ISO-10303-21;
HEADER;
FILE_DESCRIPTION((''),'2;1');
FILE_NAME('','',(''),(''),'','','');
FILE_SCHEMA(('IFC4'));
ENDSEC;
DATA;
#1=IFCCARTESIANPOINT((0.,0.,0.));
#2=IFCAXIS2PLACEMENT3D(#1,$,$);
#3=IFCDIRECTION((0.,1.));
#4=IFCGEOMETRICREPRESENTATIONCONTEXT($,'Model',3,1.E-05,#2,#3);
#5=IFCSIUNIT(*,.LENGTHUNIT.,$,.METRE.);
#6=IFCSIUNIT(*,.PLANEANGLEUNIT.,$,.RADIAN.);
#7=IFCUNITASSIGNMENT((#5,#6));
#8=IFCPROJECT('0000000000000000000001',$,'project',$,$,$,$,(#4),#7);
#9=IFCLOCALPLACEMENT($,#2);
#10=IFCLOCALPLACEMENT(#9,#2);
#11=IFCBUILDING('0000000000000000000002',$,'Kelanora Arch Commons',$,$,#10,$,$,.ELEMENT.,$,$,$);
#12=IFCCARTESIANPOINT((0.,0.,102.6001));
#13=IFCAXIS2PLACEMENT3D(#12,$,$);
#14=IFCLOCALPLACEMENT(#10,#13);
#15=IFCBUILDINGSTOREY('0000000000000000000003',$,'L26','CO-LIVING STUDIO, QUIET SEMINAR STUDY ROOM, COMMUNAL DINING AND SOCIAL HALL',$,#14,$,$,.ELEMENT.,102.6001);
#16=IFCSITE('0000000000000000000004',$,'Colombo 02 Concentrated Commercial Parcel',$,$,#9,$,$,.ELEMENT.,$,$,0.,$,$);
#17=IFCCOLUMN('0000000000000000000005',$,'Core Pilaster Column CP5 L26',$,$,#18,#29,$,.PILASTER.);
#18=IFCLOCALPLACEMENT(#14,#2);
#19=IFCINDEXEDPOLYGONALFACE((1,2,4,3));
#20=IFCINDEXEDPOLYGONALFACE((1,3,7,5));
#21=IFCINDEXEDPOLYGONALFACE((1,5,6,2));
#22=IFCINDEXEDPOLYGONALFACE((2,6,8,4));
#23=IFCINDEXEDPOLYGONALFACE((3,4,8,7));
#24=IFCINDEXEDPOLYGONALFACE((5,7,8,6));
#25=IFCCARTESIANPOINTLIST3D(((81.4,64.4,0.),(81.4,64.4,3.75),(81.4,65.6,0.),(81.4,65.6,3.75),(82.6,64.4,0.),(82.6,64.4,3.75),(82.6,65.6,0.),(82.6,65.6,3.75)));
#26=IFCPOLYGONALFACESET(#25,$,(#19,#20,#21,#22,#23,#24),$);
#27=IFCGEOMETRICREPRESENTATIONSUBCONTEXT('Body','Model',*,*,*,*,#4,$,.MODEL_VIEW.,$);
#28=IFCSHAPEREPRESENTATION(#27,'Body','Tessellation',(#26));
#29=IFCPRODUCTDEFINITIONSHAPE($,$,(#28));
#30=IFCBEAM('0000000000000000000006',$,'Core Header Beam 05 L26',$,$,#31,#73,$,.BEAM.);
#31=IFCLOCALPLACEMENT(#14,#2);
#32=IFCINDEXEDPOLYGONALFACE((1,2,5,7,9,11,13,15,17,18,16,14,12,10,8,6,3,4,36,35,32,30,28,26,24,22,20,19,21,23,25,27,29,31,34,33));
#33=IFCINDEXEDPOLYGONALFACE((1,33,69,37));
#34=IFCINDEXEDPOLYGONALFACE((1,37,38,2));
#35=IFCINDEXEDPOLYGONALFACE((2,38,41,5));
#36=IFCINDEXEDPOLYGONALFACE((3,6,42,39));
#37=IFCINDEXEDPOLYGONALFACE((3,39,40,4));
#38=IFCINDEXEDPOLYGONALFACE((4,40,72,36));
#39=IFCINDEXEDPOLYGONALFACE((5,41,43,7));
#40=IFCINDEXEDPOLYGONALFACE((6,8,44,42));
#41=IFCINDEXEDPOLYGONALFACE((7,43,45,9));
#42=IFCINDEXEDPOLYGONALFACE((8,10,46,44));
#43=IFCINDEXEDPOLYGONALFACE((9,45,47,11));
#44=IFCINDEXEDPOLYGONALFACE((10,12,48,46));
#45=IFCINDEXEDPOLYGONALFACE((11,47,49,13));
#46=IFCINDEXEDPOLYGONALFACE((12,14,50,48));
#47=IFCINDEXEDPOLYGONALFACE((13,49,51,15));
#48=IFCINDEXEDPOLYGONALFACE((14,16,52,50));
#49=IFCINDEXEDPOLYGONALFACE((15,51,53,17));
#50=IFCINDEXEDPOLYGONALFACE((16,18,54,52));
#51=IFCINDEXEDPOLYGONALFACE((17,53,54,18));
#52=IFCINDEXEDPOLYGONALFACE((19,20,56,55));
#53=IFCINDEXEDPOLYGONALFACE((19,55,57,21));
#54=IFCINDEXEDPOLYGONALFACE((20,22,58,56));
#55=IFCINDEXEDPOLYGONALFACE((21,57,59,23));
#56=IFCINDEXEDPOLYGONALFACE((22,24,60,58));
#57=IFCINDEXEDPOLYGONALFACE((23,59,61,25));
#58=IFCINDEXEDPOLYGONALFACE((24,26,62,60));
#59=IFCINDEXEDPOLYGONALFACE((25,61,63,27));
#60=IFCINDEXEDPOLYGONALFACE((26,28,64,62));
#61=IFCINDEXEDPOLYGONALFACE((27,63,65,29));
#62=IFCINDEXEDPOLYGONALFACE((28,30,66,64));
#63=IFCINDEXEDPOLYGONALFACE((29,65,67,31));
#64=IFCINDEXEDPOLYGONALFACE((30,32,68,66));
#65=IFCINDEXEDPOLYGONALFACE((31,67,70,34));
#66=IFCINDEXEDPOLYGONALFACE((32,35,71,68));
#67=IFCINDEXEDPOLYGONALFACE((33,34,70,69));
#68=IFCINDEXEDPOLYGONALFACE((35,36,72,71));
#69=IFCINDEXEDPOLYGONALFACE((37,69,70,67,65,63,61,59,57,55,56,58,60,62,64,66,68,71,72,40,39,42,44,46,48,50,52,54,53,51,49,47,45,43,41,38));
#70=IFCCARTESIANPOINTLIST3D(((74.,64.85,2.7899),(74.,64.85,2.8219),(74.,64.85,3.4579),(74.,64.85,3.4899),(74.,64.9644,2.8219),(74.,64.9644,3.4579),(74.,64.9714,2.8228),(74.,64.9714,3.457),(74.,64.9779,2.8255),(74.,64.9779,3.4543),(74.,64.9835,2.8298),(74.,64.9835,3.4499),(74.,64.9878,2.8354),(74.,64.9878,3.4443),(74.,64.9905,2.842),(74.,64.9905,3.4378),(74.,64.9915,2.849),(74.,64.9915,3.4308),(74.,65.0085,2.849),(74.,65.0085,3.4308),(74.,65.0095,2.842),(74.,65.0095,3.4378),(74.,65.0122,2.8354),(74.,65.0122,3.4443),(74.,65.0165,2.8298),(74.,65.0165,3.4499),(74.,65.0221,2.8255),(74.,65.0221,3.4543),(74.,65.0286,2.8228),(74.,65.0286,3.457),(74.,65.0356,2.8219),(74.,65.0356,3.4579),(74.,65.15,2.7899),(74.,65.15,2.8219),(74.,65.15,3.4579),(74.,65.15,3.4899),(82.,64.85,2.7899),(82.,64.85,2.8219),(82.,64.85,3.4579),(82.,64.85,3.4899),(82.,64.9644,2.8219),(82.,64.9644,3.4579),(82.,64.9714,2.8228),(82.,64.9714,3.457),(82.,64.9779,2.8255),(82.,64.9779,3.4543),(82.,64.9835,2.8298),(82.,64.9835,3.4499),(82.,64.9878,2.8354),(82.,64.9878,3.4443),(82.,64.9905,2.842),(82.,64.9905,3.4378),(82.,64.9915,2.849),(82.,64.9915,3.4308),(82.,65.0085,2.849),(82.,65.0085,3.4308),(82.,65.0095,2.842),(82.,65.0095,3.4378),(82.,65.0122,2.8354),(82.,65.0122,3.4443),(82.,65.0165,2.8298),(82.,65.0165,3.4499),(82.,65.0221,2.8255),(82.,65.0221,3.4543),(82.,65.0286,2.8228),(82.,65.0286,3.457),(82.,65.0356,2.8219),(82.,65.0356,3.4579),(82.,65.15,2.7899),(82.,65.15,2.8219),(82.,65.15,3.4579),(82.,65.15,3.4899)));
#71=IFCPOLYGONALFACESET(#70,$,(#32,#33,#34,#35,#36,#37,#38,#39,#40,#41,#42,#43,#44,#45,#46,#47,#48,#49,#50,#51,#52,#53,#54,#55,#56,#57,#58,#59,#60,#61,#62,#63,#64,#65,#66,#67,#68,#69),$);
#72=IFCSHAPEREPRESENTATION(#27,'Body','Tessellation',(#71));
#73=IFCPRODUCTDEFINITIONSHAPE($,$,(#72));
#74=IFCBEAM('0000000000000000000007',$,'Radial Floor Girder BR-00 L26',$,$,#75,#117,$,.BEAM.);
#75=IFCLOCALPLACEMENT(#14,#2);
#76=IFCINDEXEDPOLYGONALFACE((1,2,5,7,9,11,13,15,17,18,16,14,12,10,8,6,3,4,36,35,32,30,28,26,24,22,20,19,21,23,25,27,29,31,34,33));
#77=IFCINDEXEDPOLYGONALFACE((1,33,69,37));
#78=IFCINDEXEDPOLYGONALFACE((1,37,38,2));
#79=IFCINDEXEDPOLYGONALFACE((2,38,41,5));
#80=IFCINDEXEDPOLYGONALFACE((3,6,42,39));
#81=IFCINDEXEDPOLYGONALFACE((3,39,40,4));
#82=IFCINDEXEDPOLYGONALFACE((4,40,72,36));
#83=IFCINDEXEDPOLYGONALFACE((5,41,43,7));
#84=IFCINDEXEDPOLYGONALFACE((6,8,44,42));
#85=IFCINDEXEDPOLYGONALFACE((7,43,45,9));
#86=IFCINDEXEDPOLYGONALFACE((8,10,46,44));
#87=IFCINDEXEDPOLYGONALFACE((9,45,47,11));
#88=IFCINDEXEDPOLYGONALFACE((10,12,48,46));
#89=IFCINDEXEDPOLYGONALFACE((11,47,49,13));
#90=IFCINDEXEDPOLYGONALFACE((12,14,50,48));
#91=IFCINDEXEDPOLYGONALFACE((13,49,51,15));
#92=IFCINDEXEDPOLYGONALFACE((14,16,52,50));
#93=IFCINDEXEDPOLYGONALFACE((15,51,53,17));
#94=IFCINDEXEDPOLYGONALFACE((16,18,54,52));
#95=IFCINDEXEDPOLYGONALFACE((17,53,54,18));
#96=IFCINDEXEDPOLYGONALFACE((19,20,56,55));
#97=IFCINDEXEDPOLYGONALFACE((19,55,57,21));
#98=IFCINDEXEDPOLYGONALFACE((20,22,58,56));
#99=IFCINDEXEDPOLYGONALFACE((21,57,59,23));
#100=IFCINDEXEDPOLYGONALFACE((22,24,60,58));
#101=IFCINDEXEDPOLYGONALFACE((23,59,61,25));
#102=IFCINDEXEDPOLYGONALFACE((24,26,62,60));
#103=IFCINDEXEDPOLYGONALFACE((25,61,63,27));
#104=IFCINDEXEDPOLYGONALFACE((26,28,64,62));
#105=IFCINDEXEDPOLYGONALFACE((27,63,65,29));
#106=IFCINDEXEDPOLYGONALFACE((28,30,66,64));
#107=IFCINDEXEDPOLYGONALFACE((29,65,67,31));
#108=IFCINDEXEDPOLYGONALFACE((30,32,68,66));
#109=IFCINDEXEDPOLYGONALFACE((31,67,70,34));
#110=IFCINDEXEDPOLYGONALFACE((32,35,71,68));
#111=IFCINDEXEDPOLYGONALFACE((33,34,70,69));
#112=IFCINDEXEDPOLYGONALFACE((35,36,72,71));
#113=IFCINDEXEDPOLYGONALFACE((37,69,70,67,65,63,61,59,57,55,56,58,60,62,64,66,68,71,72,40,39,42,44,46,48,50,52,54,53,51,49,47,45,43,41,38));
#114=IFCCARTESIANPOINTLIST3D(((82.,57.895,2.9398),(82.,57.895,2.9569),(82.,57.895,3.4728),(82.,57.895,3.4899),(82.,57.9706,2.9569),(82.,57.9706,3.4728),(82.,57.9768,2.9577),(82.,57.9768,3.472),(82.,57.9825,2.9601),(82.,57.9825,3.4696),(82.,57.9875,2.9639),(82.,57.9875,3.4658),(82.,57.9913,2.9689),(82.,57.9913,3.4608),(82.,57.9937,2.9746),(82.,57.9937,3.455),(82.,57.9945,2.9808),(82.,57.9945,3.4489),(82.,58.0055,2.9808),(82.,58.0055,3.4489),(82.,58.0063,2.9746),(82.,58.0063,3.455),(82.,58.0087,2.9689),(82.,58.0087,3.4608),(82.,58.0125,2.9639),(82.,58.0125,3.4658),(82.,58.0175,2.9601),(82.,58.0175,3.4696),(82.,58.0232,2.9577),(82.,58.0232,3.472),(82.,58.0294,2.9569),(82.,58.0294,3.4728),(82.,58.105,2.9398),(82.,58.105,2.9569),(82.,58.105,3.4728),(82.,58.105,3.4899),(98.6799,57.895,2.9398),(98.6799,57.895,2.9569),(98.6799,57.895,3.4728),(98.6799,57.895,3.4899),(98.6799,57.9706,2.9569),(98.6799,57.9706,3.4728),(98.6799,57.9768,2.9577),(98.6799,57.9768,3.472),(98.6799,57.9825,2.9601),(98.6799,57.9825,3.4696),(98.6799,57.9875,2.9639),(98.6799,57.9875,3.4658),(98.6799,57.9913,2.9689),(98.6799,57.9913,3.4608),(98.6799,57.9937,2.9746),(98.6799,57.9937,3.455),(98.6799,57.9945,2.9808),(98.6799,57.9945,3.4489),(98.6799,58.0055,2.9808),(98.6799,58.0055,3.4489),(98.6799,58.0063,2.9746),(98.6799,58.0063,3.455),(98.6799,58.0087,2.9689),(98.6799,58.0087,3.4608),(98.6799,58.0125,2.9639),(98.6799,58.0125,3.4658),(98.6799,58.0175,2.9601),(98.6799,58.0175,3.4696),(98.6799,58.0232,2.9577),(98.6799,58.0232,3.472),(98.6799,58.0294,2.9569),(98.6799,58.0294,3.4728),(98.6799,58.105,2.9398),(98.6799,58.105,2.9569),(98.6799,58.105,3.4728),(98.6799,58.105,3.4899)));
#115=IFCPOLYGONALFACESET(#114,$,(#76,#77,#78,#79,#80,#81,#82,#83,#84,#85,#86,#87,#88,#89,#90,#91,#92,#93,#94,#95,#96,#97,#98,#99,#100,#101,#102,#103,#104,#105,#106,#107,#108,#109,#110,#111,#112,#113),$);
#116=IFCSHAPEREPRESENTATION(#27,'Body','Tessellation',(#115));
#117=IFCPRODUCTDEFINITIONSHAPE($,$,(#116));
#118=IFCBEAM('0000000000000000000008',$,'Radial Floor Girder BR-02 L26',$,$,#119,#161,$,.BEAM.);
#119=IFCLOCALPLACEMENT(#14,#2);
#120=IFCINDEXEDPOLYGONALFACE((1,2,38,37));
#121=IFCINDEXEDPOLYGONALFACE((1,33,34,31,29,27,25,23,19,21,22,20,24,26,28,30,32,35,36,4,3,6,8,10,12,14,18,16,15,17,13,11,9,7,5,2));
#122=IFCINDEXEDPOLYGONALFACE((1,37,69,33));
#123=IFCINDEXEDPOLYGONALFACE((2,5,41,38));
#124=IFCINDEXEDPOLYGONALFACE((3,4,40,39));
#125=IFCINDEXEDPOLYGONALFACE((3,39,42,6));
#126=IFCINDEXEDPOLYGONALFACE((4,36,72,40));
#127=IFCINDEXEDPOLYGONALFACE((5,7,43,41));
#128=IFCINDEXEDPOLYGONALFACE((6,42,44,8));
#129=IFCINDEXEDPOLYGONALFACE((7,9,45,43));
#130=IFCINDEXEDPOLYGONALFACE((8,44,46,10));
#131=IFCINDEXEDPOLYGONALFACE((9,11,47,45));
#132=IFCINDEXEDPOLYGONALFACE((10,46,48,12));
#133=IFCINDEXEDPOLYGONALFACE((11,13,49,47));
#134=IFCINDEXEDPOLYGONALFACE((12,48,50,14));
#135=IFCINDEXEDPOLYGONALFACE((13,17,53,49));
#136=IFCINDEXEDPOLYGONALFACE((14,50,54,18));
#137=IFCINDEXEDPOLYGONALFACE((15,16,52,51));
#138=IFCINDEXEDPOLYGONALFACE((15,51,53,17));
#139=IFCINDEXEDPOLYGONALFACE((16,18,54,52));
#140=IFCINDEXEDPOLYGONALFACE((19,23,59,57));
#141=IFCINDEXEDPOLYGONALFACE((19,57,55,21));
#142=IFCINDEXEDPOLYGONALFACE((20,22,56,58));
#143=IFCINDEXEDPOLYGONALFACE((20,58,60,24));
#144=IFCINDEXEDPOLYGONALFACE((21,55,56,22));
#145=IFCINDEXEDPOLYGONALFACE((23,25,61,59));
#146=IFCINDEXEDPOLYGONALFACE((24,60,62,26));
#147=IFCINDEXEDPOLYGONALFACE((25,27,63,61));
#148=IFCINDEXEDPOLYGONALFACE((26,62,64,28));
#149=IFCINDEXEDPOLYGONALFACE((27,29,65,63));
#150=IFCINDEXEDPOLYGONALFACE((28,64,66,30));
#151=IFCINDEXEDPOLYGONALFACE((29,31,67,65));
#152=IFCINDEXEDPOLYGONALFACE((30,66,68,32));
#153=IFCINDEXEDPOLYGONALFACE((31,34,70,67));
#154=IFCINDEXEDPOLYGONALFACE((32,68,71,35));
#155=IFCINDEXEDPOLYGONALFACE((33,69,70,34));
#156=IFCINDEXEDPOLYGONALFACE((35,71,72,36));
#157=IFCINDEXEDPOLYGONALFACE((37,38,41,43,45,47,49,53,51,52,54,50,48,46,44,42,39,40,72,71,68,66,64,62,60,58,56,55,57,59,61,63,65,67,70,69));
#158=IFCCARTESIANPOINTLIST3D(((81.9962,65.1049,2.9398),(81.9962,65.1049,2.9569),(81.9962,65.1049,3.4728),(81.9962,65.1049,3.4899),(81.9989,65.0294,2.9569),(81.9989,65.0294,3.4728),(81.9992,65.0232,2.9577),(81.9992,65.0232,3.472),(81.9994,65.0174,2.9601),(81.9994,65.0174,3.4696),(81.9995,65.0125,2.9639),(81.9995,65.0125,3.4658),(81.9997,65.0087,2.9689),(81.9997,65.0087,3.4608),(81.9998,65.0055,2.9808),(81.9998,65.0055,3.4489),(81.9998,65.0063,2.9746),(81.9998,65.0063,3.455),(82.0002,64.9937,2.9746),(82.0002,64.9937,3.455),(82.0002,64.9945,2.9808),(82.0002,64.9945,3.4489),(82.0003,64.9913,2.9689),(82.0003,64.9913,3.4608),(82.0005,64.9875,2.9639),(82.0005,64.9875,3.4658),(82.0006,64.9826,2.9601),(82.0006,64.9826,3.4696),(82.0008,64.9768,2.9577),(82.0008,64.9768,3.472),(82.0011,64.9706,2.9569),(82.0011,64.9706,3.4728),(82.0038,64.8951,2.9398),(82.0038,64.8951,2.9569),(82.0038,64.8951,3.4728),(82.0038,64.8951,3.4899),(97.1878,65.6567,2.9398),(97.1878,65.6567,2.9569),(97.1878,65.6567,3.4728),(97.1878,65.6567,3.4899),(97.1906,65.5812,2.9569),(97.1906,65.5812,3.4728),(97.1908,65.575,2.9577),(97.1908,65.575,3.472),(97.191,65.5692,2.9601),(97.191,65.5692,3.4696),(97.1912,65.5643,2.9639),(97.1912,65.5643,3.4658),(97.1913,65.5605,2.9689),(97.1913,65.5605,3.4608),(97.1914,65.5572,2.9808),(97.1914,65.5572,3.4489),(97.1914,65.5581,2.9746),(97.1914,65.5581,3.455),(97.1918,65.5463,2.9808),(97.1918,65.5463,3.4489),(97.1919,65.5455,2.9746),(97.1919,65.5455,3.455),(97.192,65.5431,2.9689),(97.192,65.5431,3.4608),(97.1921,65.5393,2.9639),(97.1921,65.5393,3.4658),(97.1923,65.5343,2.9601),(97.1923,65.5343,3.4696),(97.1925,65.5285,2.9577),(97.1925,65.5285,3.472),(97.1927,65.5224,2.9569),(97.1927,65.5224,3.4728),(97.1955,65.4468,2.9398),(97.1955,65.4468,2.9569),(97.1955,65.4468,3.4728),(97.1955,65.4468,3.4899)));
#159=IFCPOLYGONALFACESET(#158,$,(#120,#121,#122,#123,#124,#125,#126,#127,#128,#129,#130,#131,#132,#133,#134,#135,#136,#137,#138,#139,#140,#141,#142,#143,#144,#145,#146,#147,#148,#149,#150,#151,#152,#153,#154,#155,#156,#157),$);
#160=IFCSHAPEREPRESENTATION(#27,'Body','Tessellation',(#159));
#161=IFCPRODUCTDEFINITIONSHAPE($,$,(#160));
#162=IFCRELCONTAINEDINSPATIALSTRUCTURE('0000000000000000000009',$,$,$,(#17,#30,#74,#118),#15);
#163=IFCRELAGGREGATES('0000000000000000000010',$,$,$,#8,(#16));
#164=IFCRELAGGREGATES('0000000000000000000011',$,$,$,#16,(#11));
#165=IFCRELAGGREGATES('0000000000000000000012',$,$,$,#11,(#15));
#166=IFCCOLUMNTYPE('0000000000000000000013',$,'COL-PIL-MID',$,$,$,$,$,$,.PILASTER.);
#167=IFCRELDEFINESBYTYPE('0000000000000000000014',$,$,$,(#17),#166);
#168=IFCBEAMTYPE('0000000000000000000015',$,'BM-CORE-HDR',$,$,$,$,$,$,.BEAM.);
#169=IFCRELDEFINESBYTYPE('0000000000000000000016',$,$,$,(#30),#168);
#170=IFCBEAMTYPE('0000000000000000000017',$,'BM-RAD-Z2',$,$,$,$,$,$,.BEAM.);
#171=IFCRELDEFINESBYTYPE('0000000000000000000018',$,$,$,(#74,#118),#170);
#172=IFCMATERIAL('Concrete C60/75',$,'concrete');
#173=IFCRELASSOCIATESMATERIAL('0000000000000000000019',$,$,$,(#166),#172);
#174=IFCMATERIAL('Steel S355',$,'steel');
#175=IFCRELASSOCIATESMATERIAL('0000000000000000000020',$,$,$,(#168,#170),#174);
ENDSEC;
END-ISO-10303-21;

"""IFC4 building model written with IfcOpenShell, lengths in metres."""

from ifc_helpers import new_model, si_unit, direction, frame, origin, origin_2d, place, context, subcontext, project, spatial, rectangle, i_section, extrude, material, material_profile, profile_set, type_object, element, save


model = new_model("IFC4")

# Units and contexts
model_context = context("Model", 3, precision=1e-05, world=origin(), true_north=direction((0.0, 1.0)))
body_context = subcontext(model_context, "Body", "Model", "MODEL_VIEW")
ifc_project = project(units=[si_unit("LENGTHUNIT", "METRE"), si_unit("PLANEANGLEUNIT", "RADIAN")], contexts=[model_context])

# Site, building, storey
site_placement = place(None, origin())
site = spatial("IfcSite", under=ifc_project, at=site_placement, Name="Colombo 02 Concentrated Commercial Parcel", CompositionType="ELEMENT", RefElevation=0.0)
building_placement = place(site_placement, origin())
building = spatial("IfcBuilding", under=site, at=building_placement, Name="Kelanora Arch Commons", CompositionType="ELEMENT")
storey_placement = place(building_placement, frame((0.0, 0.0, 102.6001)))
storey = spatial("IfcBuildingStorey", under=building, at=storey_placement, Name="L26", Description="CO-LIVING STUDIO, QUIET SEMINAR STUDY ROOM, COMMUNAL DINING AND SOCIAL HALL", CompositionType="ELEMENT", Elevation=102.6001)

# Column
ifc_material_1 = material(Name="Concrete C60/75", Category="concrete")
ifc_material_profile_1 = material_profile(ifc_material_1, rectangle(XDim=1.2, YDim=1.2, at=origin_2d()), Name="RC1200x1200")
ifc_profile_set_1 = profile_set([ifc_material_profile_1], Name="Concrete C60/75")
column_type = type_object("IfcColumnType", Name="COL-PIL-MID", PredefinedType="PILASTER", material=ifc_profile_set_1)
column_placement = place(storey_placement, frame((82.0, 65.0, 0.0), z_axis=(0.0, 0.0, 1.0), x_axis=(1.0, 0.0, 0.0)))
element("IfcColumn", 1, at=column_placement, inside=storey, type_object=column_type, Name="Core Pilaster Column CP5 L26", PredefinedType="PILASTER", context=body_context, shape_type="SweptSolid", body=[
    extrude(rectangle(XDim=1.2, YDim=1.2, at=origin_2d()), origin(), (0.0, 0.0, 1.0), 3.75),
])

# Beams
ifc_material_2 = material(Name="Steel S355", Category="steel")
ifc_material_profile_2 = material_profile(ifc_material_2, i_section(OverallWidth=0.3, OverallDepth=0.7, WebThickness=0.0171, FlangeThickness=0.032, FilletRadius=0.0271, at=origin_2d()), Name="HEB700")
ifc_profile_set_2 = profile_set([ifc_material_profile_2], Name="Steel S355")
beam_type_1 = type_object("IfcBeamType", Name="BM-CORE-HDR", PredefinedType="BEAM", material=ifc_profile_set_2)
beam_1_placement = place(storey_placement, frame((82.0, 65.0, 3.1399), z_axis=(-1.0, 0.0, 0.0), x_axis=(0.0, -1.0, 0.0)))
element("IfcBeam", 2, at=beam_1_placement, inside=storey, type_object=beam_type_1, Name="Core Header Beam 05 L26", PredefinedType="BEAM", context=body_context, shape_type="SweptSolid", body=[
    extrude(i_section(OverallWidth=0.3, OverallDepth=0.7, WebThickness=0.0171, FlangeThickness=0.032, FilletRadius=0.0271, at=origin_2d()), origin(), (0.0, 0.0, 1.0), 8.0),
])
ifc_material_profile_3 = material_profile(ifc_material_2, i_section(OverallWidth=0.21, OverallDepth=0.55, WebThickness=0.011, FlangeThickness=0.0171, FilletRadius=0.0239, at=origin_2d()), Name="IPE550")
ifc_profile_set_3 = profile_set([ifc_material_profile_3], Name="Steel S355")
beam_type_2 = type_object("IfcBeamType", Name="BM-RAD-Z2", PredefinedType="BEAM", material=ifc_profile_set_3)
beam_2_placement = place(storey_placement, frame((82.0, 58.0, 3.2148), z_axis=(1.0, 0.0, 0.0), x_axis=(0.0, 1.0, 0.0)))
element("IfcBeam", 3, at=beam_2_placement, inside=storey, type_object=beam_type_2, Name="Radial Floor Girder BR-00 L26", PredefinedType="BEAM", context=body_context, shape_type="SweptSolid", body=[
    extrude(i_section(OverallWidth=0.21, OverallDepth=0.55, WebThickness=0.011, FlangeThickness=0.0171, FilletRadius=0.0239, at=origin_2d()), origin(), (0.0, 0.0, 1.0), 16.6799),
])
beam_3_placement = place(storey_placement, frame((82.0, 65.0, 3.2148), z_axis=(0.999341, 0.036296, 0.0), x_axis=(-0.036296, 0.999341, 0.0)))
element("IfcBeam", 4, at=beam_3_placement, inside=storey, type_object=beam_type_2, Name="Radial Floor Girder BR-02 L26", PredefinedType="BEAM", context=body_context, shape_type="SweptSolid", body=[
    extrude(i_section(OverallWidth=0.21, OverallDepth=0.55, WebThickness=0.011, FlangeThickness=0.0171, FilletRadius=0.0239, at=origin_2d()), origin(), (0.0, 0.0, 1.0), 15.2017),
])

save(model, "model.ifc")
